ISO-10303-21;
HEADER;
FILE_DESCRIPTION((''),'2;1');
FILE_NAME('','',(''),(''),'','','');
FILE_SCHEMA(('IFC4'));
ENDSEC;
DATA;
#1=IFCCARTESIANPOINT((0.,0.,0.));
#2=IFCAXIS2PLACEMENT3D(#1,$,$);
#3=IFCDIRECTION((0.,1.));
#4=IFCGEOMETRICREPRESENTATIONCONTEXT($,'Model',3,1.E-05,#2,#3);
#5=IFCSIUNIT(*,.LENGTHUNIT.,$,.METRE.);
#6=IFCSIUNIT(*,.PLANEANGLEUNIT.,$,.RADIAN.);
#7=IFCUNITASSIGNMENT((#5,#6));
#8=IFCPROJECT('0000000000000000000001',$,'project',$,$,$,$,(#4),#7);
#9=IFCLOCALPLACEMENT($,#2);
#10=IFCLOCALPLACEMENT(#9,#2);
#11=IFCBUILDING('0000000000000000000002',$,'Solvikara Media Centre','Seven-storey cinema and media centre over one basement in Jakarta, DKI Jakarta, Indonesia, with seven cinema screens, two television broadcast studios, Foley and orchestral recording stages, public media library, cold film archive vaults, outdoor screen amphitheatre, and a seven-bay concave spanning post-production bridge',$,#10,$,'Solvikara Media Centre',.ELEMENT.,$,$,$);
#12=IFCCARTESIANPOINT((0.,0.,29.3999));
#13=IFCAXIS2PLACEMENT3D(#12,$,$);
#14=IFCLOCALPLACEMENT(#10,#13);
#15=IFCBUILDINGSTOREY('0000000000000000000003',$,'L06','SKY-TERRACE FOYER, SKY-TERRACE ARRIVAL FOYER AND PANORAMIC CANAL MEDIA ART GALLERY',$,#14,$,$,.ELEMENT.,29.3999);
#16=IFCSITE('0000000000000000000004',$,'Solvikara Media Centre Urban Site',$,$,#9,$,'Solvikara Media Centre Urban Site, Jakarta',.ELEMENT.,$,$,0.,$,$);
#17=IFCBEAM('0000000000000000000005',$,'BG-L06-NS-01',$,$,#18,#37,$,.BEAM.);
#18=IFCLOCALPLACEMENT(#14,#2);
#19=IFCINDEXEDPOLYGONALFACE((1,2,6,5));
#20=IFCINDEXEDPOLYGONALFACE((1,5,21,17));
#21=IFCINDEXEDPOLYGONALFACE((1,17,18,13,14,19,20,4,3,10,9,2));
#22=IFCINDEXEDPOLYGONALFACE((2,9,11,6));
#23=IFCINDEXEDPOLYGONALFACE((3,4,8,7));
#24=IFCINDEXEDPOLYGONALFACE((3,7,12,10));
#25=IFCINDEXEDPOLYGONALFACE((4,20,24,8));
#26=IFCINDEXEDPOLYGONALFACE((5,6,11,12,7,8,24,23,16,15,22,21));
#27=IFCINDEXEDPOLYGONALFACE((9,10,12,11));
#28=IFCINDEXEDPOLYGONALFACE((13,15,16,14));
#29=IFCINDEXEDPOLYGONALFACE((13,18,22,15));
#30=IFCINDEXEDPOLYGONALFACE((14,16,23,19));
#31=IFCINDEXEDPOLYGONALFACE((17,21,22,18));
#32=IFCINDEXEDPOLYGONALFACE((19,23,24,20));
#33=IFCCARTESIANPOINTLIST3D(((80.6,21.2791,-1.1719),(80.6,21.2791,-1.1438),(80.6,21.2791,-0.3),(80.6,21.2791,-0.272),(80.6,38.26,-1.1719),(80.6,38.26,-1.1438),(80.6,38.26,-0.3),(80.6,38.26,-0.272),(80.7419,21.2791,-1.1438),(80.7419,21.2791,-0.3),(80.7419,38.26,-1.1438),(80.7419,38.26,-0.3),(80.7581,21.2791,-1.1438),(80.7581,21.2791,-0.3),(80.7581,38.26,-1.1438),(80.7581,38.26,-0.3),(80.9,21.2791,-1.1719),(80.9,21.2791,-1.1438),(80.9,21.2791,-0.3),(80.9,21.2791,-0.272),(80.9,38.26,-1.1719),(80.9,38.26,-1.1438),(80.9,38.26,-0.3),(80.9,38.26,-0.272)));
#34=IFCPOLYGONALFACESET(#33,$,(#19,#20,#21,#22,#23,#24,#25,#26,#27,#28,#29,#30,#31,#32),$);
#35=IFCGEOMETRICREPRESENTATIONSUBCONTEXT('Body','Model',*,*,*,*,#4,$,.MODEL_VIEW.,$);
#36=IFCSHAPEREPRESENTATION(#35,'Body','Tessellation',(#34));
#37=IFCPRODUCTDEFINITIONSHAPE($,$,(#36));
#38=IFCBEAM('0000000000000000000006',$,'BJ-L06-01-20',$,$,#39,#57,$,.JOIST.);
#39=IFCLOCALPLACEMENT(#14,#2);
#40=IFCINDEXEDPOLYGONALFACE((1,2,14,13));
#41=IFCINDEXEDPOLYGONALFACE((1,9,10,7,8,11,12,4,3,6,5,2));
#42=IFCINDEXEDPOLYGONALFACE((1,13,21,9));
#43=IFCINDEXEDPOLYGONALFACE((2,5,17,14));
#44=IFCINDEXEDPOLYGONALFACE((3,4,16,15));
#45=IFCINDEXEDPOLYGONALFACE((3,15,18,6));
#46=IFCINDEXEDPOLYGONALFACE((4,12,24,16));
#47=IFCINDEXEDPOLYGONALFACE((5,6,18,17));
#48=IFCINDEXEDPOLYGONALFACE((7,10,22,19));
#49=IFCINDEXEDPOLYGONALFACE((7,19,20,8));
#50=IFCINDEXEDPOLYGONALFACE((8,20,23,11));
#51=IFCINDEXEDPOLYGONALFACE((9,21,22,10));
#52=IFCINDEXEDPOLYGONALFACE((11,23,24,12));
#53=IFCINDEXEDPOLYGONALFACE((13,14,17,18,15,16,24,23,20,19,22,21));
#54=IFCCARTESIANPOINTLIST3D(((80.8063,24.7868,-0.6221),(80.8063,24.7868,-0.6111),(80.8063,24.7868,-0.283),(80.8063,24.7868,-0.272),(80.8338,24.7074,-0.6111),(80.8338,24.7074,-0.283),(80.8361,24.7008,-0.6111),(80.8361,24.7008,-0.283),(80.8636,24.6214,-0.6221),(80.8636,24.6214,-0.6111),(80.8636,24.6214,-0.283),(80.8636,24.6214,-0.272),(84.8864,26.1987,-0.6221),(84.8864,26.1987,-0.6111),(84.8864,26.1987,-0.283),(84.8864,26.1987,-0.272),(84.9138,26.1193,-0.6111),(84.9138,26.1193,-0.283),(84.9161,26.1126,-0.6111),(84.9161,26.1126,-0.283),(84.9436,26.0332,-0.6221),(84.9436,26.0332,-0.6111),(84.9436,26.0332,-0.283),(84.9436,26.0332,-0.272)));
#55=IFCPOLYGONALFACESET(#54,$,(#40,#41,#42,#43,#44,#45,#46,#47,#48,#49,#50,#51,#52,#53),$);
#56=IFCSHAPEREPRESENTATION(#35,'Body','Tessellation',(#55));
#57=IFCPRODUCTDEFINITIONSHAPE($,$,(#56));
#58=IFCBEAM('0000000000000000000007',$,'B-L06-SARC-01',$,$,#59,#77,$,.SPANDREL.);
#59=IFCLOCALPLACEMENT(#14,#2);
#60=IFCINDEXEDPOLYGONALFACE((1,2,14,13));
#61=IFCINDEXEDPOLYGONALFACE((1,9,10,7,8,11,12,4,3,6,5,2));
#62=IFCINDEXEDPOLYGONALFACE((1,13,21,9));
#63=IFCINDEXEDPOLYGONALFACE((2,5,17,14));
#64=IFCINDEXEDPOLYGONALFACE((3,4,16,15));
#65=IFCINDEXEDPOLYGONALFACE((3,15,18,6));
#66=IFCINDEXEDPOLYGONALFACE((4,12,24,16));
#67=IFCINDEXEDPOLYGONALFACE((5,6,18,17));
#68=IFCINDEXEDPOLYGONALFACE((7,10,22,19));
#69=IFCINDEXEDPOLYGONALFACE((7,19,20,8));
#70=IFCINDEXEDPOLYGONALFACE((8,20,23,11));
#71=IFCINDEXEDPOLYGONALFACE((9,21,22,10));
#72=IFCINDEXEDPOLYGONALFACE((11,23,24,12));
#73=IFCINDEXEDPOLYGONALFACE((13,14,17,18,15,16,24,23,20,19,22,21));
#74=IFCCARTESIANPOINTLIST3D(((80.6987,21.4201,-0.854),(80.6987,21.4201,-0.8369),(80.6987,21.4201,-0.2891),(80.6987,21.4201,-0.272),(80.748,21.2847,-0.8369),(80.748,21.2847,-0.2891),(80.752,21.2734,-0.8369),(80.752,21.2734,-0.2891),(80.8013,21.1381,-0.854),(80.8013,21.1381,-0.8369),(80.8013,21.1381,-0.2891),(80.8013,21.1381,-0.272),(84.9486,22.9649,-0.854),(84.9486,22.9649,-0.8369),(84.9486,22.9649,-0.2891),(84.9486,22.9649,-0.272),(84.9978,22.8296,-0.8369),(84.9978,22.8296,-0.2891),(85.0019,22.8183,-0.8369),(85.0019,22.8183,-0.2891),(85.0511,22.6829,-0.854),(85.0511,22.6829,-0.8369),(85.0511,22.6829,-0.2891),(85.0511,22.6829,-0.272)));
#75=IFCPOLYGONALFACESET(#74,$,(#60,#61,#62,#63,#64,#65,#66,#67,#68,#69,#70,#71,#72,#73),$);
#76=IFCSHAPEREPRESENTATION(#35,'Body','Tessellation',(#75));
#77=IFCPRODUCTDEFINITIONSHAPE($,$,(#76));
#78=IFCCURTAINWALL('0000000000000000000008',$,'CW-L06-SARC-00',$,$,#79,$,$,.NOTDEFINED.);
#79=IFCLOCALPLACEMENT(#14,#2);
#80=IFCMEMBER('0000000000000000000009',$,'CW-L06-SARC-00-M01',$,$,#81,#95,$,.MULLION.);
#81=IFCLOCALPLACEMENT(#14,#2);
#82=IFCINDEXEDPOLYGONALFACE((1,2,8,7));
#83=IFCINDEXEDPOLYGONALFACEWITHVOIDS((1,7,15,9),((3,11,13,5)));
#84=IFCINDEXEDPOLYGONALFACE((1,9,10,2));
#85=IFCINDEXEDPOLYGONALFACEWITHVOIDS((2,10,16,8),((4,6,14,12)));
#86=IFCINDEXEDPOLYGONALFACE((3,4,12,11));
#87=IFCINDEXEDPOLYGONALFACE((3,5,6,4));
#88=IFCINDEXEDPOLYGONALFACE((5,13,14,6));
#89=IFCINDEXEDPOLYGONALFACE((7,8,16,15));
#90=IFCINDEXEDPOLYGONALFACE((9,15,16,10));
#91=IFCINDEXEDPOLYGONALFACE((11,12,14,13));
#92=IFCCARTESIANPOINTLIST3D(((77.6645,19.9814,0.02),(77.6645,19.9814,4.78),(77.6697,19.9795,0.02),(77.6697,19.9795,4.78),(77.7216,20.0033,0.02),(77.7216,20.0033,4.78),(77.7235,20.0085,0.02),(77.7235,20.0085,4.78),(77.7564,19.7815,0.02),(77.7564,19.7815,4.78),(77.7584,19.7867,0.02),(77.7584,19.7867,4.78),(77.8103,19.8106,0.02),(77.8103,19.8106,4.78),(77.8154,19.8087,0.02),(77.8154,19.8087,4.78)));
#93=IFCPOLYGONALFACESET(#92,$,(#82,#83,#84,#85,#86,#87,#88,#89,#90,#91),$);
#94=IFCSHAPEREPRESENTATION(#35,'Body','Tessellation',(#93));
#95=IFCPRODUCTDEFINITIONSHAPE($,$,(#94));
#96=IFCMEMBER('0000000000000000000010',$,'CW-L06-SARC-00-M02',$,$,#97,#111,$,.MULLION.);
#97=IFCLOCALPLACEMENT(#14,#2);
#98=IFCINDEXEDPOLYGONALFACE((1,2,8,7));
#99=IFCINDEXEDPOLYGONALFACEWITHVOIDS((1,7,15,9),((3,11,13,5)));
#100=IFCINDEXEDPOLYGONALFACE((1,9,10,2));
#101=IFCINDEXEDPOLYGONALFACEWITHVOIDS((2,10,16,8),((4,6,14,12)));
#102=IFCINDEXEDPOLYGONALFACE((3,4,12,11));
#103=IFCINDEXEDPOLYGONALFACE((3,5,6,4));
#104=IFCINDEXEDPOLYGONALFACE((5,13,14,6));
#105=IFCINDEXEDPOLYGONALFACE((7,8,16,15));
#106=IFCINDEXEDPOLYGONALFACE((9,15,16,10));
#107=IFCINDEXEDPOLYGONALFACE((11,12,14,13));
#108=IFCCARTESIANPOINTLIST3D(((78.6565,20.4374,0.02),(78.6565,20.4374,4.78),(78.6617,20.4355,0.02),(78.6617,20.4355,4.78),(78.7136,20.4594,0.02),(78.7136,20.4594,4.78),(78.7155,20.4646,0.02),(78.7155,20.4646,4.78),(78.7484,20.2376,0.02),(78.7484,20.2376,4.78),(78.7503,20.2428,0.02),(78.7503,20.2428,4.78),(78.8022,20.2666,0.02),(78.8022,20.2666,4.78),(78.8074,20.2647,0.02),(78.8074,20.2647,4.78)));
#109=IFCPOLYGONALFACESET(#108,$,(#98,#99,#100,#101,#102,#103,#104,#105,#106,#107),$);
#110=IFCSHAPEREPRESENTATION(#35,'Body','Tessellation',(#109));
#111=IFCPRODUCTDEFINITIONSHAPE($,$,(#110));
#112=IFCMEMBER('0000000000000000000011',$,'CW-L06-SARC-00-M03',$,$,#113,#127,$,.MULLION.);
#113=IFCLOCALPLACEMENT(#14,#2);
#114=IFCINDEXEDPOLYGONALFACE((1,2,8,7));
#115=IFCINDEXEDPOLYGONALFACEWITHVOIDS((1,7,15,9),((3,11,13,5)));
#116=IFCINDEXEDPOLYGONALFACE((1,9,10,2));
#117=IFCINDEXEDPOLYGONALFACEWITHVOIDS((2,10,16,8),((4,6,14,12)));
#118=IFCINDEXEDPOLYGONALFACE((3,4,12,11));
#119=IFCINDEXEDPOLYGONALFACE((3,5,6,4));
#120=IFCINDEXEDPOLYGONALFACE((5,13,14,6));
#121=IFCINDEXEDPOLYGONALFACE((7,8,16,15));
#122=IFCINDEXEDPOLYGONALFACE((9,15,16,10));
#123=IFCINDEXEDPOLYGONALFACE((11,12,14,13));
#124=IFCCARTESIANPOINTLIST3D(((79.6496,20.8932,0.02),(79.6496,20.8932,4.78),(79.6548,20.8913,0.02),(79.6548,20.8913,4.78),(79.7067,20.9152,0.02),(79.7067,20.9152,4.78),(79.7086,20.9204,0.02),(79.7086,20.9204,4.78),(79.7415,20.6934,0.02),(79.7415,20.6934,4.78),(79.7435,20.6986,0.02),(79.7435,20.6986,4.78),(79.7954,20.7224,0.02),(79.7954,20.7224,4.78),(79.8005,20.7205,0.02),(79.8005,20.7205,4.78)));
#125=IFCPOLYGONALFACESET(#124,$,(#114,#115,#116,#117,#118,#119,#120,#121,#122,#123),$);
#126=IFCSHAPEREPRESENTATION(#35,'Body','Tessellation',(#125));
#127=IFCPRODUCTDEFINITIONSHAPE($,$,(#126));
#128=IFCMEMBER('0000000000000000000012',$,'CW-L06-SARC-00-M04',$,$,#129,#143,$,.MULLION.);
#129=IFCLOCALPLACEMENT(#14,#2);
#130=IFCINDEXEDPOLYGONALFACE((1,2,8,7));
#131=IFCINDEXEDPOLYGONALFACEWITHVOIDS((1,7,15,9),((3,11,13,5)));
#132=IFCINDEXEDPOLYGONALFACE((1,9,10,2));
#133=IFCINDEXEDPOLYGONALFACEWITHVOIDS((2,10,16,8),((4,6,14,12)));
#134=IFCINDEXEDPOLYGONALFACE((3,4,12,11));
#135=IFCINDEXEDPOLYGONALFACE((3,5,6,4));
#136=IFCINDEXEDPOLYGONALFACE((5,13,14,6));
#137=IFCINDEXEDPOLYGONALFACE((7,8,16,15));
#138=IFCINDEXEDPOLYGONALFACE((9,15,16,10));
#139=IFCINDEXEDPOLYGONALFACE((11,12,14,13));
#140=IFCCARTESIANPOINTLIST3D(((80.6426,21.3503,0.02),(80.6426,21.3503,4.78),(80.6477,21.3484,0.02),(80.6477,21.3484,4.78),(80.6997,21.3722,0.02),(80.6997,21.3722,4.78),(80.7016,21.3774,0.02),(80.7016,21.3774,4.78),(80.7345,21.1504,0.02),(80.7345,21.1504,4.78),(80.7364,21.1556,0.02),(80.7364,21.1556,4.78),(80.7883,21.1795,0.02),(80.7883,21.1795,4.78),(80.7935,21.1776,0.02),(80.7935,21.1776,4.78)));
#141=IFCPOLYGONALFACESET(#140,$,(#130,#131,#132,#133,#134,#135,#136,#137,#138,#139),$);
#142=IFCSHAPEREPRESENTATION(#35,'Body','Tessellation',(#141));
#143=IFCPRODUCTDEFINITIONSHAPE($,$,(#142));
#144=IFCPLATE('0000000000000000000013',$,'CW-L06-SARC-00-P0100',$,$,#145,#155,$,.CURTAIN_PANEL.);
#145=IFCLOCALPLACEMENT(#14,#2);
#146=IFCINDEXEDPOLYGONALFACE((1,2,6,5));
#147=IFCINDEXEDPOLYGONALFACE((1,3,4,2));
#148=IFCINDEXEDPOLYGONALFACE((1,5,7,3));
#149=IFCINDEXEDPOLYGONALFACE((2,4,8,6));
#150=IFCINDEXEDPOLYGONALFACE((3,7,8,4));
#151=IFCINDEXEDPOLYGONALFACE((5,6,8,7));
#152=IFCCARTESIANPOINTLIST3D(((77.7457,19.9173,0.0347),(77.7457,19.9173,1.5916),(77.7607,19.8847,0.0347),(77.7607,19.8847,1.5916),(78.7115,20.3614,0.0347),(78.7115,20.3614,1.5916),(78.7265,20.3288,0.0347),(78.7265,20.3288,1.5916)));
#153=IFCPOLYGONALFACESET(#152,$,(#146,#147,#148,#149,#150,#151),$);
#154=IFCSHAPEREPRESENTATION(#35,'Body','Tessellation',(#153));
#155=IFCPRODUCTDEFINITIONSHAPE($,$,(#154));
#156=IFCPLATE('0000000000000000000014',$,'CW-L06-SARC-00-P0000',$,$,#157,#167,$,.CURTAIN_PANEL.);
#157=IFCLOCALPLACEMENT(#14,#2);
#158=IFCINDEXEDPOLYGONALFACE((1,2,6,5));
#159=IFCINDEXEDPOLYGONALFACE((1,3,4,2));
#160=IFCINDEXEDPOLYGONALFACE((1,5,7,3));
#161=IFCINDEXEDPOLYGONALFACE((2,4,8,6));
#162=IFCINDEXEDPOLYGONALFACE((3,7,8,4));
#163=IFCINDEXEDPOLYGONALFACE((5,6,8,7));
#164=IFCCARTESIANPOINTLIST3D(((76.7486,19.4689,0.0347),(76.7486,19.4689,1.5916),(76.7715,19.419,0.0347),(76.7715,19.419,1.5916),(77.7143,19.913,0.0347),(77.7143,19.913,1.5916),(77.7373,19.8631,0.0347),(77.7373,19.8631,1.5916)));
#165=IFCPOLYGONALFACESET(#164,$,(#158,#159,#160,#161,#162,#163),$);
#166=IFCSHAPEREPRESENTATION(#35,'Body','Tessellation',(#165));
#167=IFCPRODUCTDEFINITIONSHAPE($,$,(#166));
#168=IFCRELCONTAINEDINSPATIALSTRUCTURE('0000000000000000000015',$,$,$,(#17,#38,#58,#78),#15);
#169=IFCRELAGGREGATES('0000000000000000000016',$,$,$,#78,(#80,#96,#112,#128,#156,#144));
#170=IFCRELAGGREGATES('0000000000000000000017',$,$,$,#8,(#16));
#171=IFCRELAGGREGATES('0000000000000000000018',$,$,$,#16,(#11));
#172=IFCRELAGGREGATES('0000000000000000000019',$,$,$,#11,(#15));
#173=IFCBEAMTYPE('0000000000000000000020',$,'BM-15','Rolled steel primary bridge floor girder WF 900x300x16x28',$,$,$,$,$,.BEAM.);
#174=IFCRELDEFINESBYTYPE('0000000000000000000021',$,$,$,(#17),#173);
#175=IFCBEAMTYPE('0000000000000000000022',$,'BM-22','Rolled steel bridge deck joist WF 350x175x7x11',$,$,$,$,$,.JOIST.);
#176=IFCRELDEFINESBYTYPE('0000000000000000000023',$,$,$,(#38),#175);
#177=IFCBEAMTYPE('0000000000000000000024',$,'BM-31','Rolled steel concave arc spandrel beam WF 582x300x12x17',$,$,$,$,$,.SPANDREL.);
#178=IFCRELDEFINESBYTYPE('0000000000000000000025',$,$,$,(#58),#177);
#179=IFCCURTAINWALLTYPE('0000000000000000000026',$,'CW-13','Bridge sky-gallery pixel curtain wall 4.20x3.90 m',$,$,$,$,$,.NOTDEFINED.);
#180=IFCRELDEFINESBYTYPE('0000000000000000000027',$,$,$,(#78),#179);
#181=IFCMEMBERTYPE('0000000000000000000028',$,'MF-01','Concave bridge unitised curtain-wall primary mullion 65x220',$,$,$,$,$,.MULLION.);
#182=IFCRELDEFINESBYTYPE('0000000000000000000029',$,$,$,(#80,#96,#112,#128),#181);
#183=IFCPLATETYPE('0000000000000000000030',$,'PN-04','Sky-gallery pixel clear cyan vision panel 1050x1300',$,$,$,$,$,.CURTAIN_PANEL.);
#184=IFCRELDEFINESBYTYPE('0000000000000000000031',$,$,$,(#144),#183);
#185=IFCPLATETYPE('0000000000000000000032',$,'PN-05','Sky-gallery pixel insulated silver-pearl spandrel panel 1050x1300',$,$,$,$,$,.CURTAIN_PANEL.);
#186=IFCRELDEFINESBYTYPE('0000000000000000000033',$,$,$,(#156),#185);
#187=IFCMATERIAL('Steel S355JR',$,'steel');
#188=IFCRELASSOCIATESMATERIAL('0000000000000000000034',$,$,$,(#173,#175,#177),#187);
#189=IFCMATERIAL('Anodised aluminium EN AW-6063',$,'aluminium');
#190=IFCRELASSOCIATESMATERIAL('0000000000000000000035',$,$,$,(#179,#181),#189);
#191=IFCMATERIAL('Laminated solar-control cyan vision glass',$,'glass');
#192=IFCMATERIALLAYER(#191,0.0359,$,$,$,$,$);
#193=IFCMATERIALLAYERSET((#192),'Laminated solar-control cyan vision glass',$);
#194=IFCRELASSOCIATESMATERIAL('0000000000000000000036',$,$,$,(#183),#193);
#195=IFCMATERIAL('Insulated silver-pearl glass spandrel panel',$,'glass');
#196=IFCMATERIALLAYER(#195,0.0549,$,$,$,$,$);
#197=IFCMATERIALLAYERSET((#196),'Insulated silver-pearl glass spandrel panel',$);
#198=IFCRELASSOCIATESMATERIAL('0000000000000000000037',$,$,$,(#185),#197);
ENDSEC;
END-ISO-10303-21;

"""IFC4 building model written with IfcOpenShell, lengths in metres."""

from ifc_helpers import new_model, si_unit, direction, frame, origin, origin_2d, place, context, subcontext, project, spatial, rectangle, hollow_rectangle, i_section, extrude, material, layer, layer_set, material_profile, profile_set, type_object, element, aggregate, save


model = new_model("IFC4")

# Units and contexts
model_context = context("Model", 3, precision=1e-05, world=origin(), true_north=direction((0.0, 1.0)))
body_context = subcontext(model_context, "Body", "Model", "MODEL_VIEW")
ifc_project = project(units=[si_unit("LENGTHUNIT", "METRE"), si_unit("PLANEANGLEUNIT", "RADIAN")], contexts=[model_context])

# Site, building, storey
site_placement = place(None, origin())
site = spatial("IfcSite", under=ifc_project, at=site_placement, Name="Solvikara Media Centre Urban Site", LongName="Solvikara Media Centre Urban Site, Jakarta", CompositionType="ELEMENT", RefElevation=0.0)
building_placement = place(site_placement, origin())
building = spatial("IfcBuilding", under=site, at=building_placement, Name="Solvikara Media Centre", Description="Seven-storey cinema and media centre over one basement in Jakarta, DKI Jakarta, Indonesia, with seven cinema screens, two television broadcast studios, Foley and orchestral recording stages, public media library, cold film archive vaults, outdoor screen amphitheatre, and a seven-bay concave spanning post-production bridge", LongName="Solvikara Media Centre", CompositionType="ELEMENT")
storey_placement = place(building_placement, frame((0.0, 0.0, 29.3999)))
storey = spatial("IfcBuildingStorey", under=building, at=storey_placement, Name="L06", Description="SKY-TERRACE FOYER, SKY-TERRACE ARRIVAL FOYER AND PANORAMIC CANAL MEDIA ART GALLERY", CompositionType="ELEMENT", Elevation=29.3999)

# Beams
ifc_material_1 = material(Name="Steel S355JR", Category="steel")
ifc_material_profile_1 = material_profile(ifc_material_1, i_section(OverallWidth=0.3, OverallDepth=0.8999, WebThickness=0.0161, FlangeThickness=0.0281, at=origin_2d()), Name="WF 900x300x16x28")
ifc_profile_set_1 = profile_set([ifc_material_profile_1], Name="Steel S355JR")
beam_type_1 = type_object("IfcBeamType", Name="BM-15", Description="Rolled steel primary bridge floor girder WF 900x300x16x28", PredefinedType="BEAM", material=ifc_profile_set_1)
beam_1_placement = place(storey_placement, frame((80.75, 21.2791, -0.7219), z_axis=(0.0, 1.0, 0.0), x_axis=(-1.0, 0.0, 0.0)))
element("IfcBeam", 1, at=beam_1_placement, inside=storey, type_object=beam_type_1, Name="BG-L06-NS-01", PredefinedType="BEAM", context=body_context, shape_type="SweptSolid", body=[
    extrude(i_section(OverallWidth=0.3, OverallDepth=0.8999, WebThickness=0.0161, FlangeThickness=0.0281, at=origin_2d()), origin(), (0.0, 0.0, 1.0), 16.981),
])
ifc_material_profile_2 = material_profile(ifc_material_1, i_section(OverallWidth=0.175, OverallDepth=0.3501, WebThickness=0.0071, FlangeThickness=0.011, at=origin_2d()), Name="WF 350x175x7x11")
ifc_profile_set_2 = profile_set([ifc_material_profile_2], Name="Steel S355JR")
beam_type_2 = type_object("IfcBeamType", Name="BM-22", Description="Rolled steel bridge deck joist WF 350x175x7x11", PredefinedType="JOIST", material=ifc_profile_set_2)
beam_2_placement = place(storey_placement, frame((80.835, 24.7041, -0.447), z_axis=(0.94502, 0.327013, 0.0), x_axis=(-0.327013, 0.94502, 0.0)))
element("IfcBeam", 2, at=beam_2_placement, inside=storey, type_object=beam_type_2, Name="BJ-L06-01-20", PredefinedType="JOIST", context=body_context, shape_type="SweptSolid", body=[
    extrude(i_section(OverallWidth=0.175, OverallDepth=0.3501, WebThickness=0.0071, FlangeThickness=0.011, at=origin_2d()), origin(), (0.0, 0.0, 1.0), 4.3174),
])
ifc_material_profile_3 = material_profile(ifc_material_1, i_section(OverallWidth=0.3, OverallDepth=0.582, WebThickness=0.012, FlangeThickness=0.0171, at=origin_2d()), Name="WF 582x300x12x17")
ifc_profile_set_3 = profile_set([ifc_material_profile_3], Name="Steel S355JR")
beam_type_3 = type_object("IfcBeamType", Name="BM-31", Description="Rolled steel concave arc spandrel beam WF 582x300x12x17", PredefinedType="SPANDREL", material=ifc_profile_set_3)
beam_3_placement = place(storey_placement, frame((80.75, 21.2791, -0.563), z_axis=(0.939831, 0.341639, 0.0), x_axis=(-0.341639, 0.939831, 0.0)))
element("IfcBeam", 3, at=beam_3_placement, inside=storey, type_object=beam_type_3, Name="B-L06-SARC-01", PredefinedType="SPANDREL", context=body_context, shape_type="SweptSolid", body=[
    extrude(i_section(OverallWidth=0.3, OverallDepth=0.582, WebThickness=0.012, FlangeThickness=0.0171, at=origin_2d()), origin(), (0.0, 0.0, 1.0), 4.522),
])

# Curtain wall, members, plates
ifc_material_2 = material(Name="Anodised aluminium EN AW-6063", Category="aluminium")
curtain_wall_type = type_object("IfcCurtainWallType", Name="CW-13", Description="Bridge sky-gallery pixel curtain wall 4.20x3.90 m", PredefinedType="NOTDEFINED", material=ifc_material_2)
curtain_wall_placement = place(storey_placement, origin())
curtain_wall = element("IfcCurtainWall", 4, at=curtain_wall_placement, inside=storey, type_object=curtain_wall_type, Name="CW-L06-SARC-00", PredefinedType="NOTDEFINED")
ifc_material_profile_4 = material_profile(ifc_material_2, hollow_rectangle(XDim=0.0649, YDim=0.22, WallThickness=0.0039, at=origin_2d()), Name="ALU-M 65x220x4")
ifc_profile_set_4 = profile_set([ifc_material_profile_4], Name="Anodised aluminium EN AW-6063")
member_type = type_object("IfcMemberType", Name="MF-01", Description="Concave bridge unitised curtain-wall primary mullion 65x220", PredefinedType="MULLION", material=ifc_profile_set_4)
member_1_placement = place(storey_placement, frame((77.74, 19.895, 0.02), z_axis=(0.0, 0.0, 1.0), x_axis=(0.908545, 0.417788, 0.0)))
member_1 = element("IfcMember", 5, at=member_1_placement, type_object=member_type, Name="CW-L06-SARC-00-M01", PredefinedType="MULLION", context=body_context, shape_type="SweptSolid", body=[
    extrude(hollow_rectangle(XDim=0.0649, YDim=0.22, WallThickness=0.0039, at=origin_2d()), origin(), (0.0, 0.0, 1.0), 4.76),
])
member_2_placement = place(storey_placement, frame((78.7319, 20.3511, 0.02), z_axis=(0.0, 0.0, 1.0), x_axis=(0.908545, 0.417788, 0.0)))
member_2 = element("IfcMember", 6, at=member_2_placement, type_object=member_type, Name="CW-L06-SARC-00-M02", PredefinedType="MULLION", context=body_context, shape_type="SweptSolid", body=[
    extrude(hollow_rectangle(XDim=0.0649, YDim=0.22, WallThickness=0.0039, at=origin_2d()), origin(), (0.0, 0.0, 1.0), 4.76),
])
member_3_placement = place(storey_placement, frame((79.7251, 20.8069, 0.02), z_axis=(0.0, 0.0, 1.0), x_axis=(0.908545, 0.417788, 0.0)))
member_3 = element("IfcMember", 7, at=member_3_placement, type_object=member_type, Name="CW-L06-SARC-00-M03", PredefinedType="MULLION", context=body_context, shape_type="SweptSolid", body=[
    extrude(hollow_rectangle(XDim=0.0649, YDim=0.22, WallThickness=0.0039, at=origin_2d()), origin(), (0.0, 0.0, 1.0), 4.76),
])
member_4_placement = place(storey_placement, frame((80.718, 21.2639, 0.02), z_axis=(0.0, 0.0, 1.0), x_axis=(0.908545, 0.417788, 0.0)))
member_4 = element("IfcMember", 8, at=member_4_placement, type_object=member_type, Name="CW-L06-SARC-00-M04", PredefinedType="MULLION", context=body_context, shape_type="SweptSolid", body=[
    extrude(hollow_rectangle(XDim=0.0649, YDim=0.22, WallThickness=0.0039, at=origin_2d()), origin(), (0.0, 0.0, 1.0), 4.76),
])
ifc_material_3 = material(Name="Laminated solar-control cyan vision glass", Category="glass")
ifc_layer_1 = layer(ifc_material_3, 0.0359)
ifc_layer_set_1 = layer_set([ifc_layer_1], Name="Laminated solar-control cyan vision glass")
plate_type_1 = type_object("IfcPlateType", Name="PN-04", Description="Sky-gallery pixel clear cyan vision panel 1050x1300", PredefinedType="CURTAIN_PANEL", material=ifc_layer_set_1)
plate_1_placement = place(storey_placement, frame((78.2361, 20.123, 0.0347), z_axis=(0.0, 0.0, 1.0), x_axis=(0.908545, 0.417788, 0.0)))
plate_1 = element("IfcPlate", 9, at=plate_1_placement, type_object=plate_type_1, Name="CW-L06-SARC-00-P0100", PredefinedType="CURTAIN_PANEL", context=body_context, shape_type="SweptSolid", body=[
    extrude(rectangle(XDim=1.063, YDim=0.0359, at=origin_2d()), origin(), (0.0, 0.0, 1.0), 1.5569),
])
ifc_material_4 = material(Name="Insulated silver-pearl glass spandrel panel", Category="glass")
ifc_layer_2 = layer(ifc_material_4, 0.0549)
ifc_layer_set_2 = layer_set([ifc_layer_2], Name="Insulated silver-pearl glass spandrel panel")
plate_type_2 = type_object("IfcPlateType", Name="PN-05", Description="Sky-gallery pixel insulated silver-pearl spandrel panel 1050x1300", PredefinedType="CURTAIN_PANEL", material=ifc_layer_set_2)
plate_2_placement = place(storey_placement, frame((77.2429, 19.666, 0.0347), z_axis=(0.0, 0.0, 1.0), x_axis=(0.908545, 0.417788, 0.0)))
plate_2 = element("IfcPlate", 10, at=plate_2_placement, type_object=plate_type_2, Name="CW-L06-SARC-00-P0000", PredefinedType="CURTAIN_PANEL", context=body_context, shape_type="SweptSolid", body=[
    extrude(rectangle(XDim=1.063, YDim=0.0549, at=origin_2d()), origin(), (0.0, 0.0, 1.0), 1.5569),
])
aggregate(curtain_wall, [member_1, member_2, member_3, member_4, plate_2, plate_1])

save(model, "model.ifc")
